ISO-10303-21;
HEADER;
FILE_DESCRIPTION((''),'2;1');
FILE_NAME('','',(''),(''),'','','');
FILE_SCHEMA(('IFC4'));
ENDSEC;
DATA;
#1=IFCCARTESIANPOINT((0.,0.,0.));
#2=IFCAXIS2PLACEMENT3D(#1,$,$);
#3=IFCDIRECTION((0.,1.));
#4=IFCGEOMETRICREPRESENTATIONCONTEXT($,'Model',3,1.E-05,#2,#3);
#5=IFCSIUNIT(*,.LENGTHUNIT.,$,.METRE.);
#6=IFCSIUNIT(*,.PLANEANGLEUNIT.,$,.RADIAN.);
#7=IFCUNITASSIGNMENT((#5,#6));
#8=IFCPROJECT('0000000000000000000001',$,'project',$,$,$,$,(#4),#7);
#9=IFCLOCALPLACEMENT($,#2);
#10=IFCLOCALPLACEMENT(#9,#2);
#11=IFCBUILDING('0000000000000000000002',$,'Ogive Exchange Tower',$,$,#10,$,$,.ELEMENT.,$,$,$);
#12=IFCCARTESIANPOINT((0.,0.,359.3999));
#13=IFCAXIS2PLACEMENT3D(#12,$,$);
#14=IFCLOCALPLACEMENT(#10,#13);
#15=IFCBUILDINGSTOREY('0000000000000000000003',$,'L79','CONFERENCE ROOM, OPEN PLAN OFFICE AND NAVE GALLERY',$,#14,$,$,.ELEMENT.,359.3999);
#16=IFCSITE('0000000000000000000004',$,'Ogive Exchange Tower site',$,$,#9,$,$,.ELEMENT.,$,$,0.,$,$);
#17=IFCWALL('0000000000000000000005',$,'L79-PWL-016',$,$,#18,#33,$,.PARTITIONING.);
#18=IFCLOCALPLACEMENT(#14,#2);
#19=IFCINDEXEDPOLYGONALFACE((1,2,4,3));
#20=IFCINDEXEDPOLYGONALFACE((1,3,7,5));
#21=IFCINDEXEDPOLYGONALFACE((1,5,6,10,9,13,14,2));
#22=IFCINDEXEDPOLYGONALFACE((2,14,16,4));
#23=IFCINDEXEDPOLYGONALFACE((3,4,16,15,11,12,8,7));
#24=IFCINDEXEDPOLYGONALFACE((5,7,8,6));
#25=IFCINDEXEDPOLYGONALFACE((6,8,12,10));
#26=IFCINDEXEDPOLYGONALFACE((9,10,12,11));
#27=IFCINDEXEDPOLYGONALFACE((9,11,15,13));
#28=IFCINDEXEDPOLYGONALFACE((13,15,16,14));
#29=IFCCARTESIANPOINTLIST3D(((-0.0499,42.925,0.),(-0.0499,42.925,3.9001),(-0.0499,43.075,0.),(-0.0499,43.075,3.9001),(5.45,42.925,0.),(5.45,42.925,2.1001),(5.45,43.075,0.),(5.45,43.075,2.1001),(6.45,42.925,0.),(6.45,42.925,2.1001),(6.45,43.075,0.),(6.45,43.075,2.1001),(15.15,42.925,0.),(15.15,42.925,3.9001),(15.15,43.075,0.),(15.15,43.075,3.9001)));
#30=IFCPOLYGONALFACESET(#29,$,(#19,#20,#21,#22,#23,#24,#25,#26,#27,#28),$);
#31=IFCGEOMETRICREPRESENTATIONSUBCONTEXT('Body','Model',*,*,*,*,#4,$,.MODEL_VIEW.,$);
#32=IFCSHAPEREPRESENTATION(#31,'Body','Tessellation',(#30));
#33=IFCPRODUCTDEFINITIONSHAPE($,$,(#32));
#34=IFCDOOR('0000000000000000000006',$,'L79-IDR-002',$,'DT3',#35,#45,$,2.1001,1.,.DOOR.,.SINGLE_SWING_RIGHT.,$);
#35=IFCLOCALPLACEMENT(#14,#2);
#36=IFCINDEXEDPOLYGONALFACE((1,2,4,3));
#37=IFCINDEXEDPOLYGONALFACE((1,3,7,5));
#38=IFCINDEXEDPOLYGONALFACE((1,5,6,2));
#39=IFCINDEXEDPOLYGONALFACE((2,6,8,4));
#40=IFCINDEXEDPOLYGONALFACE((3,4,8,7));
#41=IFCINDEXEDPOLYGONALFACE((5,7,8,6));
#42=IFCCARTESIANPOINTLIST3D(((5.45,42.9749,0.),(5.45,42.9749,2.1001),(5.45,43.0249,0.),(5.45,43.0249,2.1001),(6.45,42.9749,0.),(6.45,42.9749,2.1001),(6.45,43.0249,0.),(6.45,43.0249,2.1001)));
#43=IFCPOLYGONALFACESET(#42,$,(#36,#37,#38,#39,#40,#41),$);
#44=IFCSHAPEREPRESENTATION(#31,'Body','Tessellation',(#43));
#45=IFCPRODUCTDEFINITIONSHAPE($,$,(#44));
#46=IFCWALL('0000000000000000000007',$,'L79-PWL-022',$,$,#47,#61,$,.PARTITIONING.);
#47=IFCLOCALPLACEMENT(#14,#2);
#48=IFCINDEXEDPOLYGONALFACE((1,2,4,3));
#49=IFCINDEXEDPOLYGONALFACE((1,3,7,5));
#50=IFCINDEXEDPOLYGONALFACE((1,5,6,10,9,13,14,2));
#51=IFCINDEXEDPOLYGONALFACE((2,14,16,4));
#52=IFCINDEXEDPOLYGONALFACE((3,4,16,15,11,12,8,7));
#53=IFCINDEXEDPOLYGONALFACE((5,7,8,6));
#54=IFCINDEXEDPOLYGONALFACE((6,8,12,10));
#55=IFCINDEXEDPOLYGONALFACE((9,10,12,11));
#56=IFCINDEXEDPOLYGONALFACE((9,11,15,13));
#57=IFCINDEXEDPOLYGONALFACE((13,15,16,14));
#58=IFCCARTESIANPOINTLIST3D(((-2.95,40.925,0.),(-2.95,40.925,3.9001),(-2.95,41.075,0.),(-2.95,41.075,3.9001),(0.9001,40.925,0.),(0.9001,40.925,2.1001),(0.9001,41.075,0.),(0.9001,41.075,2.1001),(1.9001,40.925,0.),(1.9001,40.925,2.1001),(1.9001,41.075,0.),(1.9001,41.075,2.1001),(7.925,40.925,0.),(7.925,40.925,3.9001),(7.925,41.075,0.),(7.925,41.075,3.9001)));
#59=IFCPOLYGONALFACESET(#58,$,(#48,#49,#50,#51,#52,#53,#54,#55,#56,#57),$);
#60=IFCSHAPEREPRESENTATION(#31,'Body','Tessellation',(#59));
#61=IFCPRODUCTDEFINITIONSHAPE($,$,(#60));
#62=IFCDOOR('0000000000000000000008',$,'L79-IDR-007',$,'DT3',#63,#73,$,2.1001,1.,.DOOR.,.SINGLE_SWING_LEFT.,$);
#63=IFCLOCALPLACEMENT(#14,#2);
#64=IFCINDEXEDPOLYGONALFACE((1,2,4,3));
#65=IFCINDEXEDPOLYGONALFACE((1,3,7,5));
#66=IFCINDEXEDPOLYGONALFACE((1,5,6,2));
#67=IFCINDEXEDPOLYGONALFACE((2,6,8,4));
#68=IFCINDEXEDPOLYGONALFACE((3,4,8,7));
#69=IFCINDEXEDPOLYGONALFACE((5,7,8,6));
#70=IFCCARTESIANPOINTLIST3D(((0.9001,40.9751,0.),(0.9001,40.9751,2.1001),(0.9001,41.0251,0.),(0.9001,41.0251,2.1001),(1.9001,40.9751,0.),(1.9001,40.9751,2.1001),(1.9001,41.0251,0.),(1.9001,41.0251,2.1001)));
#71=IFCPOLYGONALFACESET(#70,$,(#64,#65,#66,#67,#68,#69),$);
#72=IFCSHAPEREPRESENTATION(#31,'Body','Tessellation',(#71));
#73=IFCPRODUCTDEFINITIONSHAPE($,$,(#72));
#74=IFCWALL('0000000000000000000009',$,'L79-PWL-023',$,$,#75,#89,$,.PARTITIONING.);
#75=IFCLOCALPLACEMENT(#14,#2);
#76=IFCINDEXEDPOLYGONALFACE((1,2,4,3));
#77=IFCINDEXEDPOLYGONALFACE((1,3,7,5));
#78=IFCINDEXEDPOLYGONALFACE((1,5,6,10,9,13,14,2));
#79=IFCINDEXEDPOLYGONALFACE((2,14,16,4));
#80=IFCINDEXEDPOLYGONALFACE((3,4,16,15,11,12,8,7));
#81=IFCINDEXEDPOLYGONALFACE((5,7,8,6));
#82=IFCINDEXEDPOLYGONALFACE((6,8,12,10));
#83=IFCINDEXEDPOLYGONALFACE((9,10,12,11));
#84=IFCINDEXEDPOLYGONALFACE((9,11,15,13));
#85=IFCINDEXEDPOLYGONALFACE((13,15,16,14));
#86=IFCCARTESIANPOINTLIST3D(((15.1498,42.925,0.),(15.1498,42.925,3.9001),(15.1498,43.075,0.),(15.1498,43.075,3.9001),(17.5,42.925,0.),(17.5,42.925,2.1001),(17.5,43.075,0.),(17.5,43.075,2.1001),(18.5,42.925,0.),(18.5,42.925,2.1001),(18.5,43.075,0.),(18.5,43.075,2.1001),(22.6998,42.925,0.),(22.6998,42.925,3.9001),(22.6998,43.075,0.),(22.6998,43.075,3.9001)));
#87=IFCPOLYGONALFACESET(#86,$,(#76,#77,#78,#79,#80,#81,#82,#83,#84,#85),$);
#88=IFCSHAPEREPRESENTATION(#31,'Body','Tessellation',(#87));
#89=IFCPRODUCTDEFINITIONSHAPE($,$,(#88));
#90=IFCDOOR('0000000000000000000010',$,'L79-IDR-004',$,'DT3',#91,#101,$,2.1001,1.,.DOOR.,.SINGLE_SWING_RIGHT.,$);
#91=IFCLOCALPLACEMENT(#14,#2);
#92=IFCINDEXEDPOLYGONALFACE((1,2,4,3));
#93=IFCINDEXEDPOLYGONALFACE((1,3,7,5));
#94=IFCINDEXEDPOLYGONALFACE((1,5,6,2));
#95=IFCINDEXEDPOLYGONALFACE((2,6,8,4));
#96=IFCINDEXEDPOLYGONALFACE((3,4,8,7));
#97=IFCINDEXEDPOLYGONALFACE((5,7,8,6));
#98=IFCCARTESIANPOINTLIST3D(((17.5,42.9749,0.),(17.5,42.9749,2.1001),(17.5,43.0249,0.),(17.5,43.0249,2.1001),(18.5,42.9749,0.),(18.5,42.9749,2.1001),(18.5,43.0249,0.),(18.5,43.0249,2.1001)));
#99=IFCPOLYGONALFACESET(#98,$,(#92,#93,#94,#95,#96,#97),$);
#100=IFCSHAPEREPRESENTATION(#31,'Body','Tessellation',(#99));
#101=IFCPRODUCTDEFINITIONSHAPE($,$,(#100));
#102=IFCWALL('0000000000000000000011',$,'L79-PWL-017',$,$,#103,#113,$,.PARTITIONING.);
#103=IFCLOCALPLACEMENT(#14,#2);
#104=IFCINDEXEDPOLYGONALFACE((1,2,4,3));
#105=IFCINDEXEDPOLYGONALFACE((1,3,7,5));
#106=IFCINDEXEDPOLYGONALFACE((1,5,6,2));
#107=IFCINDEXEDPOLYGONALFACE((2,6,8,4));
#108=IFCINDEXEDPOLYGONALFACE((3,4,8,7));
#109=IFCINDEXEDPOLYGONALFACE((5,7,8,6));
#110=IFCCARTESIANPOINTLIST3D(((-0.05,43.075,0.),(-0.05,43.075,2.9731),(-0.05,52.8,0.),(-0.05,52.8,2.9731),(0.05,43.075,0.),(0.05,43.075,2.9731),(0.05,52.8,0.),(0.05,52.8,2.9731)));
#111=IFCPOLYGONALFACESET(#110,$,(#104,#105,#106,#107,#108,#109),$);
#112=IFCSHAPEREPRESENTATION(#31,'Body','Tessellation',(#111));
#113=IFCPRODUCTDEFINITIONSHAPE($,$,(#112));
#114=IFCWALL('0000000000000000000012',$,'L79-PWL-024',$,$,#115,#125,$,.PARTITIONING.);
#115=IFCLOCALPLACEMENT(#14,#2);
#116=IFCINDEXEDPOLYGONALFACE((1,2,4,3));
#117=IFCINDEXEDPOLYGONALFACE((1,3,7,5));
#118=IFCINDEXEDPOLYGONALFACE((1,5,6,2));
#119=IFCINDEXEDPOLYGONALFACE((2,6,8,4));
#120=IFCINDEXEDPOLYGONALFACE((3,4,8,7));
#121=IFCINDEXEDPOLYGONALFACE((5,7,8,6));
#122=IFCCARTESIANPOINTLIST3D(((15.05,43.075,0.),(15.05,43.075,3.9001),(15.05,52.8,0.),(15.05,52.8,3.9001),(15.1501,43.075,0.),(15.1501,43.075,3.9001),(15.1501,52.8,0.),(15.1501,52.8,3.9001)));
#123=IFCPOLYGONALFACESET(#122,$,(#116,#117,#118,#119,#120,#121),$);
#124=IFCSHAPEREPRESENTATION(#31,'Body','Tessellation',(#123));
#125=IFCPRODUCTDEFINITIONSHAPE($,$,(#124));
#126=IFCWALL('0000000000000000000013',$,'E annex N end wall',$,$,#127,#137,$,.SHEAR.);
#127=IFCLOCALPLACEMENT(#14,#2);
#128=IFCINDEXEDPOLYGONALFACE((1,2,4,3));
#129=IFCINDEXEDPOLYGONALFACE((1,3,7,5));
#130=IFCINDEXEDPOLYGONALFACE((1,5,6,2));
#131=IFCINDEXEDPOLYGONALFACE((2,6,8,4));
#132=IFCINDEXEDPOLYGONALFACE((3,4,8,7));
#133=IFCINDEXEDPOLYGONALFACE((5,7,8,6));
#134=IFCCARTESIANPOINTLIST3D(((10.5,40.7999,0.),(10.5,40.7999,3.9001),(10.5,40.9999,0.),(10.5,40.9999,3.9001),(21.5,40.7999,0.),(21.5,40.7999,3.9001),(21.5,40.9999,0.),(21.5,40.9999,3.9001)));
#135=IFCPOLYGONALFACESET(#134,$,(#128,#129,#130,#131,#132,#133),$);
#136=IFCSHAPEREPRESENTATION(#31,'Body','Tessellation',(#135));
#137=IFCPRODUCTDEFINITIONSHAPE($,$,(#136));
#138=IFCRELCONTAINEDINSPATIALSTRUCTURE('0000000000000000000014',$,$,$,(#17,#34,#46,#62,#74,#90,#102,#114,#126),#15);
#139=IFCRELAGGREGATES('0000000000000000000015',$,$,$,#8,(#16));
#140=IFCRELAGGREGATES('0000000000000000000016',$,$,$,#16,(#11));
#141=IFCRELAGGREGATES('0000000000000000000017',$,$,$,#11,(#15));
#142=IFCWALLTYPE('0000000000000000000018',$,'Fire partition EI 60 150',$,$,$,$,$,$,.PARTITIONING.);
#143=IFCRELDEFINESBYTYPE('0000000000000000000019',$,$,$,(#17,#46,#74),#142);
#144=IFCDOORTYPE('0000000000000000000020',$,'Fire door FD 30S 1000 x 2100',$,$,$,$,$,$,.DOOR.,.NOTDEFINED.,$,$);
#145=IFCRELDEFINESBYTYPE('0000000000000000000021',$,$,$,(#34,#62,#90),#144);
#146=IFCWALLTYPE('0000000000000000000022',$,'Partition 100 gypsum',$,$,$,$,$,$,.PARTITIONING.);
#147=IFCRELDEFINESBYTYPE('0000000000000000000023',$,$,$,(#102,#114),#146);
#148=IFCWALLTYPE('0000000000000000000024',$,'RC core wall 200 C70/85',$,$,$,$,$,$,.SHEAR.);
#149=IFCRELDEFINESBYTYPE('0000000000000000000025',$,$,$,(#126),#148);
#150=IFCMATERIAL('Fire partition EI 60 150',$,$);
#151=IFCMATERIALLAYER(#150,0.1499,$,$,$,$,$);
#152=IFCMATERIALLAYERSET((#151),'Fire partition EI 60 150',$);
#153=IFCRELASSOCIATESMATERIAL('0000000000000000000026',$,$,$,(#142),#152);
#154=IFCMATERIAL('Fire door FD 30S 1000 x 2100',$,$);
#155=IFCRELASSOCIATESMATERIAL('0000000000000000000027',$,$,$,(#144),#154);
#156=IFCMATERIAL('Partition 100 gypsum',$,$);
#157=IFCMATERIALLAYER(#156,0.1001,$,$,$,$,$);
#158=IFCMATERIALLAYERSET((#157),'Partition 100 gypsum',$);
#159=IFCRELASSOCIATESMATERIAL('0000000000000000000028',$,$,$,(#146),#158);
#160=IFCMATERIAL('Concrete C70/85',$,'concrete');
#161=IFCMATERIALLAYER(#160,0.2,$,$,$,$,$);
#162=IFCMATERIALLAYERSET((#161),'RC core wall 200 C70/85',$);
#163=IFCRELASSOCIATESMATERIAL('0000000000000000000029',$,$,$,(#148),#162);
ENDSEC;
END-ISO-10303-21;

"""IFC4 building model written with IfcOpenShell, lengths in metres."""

from ifc_helpers import new_model, si_unit, direction, frame, frame_2d, origin, place, context, subcontext, project, spatial, rectangle, extrude, material, layer, layer_set, type_object, element, fill, save


model = new_model("IFC4")

# Units and contexts
model_context = context("Model", 3, precision=1e-05, world=origin(), true_north=direction((0.0, 1.0)))
body_context = subcontext(model_context, "Body", "Model", "MODEL_VIEW")
ifc_project = project(units=[si_unit("LENGTHUNIT", "METRE"), si_unit("PLANEANGLEUNIT", "RADIAN")], contexts=[model_context])

# Site, building, storey
site_placement = place(None, origin())
site = spatial("IfcSite", under=ifc_project, at=site_placement, Name="Ogive Exchange Tower site", CompositionType="ELEMENT", RefElevation=0.0)
building_placement = place(site_placement, origin())
building = spatial("IfcBuilding", under=site, at=building_placement, Name="Ogive Exchange Tower", CompositionType="ELEMENT")
storey_placement = place(building_placement, frame((0.0, 0.0, 359.3999)))
storey = spatial("IfcBuildingStorey", under=building, at=storey_placement, Name="L79", Description="CONFERENCE ROOM, OPEN PLAN OFFICE AND NAVE GALLERY", CompositionType="ELEMENT", Elevation=359.3999)

# Walls, openings, doors
ifc_material_1 = material(Name="Fire partition EI 60 150")
ifc_layer_1 = layer(ifc_material_1, 0.1499)
ifc_layer_set_1 = layer_set([ifc_layer_1], Name="Fire partition EI 60 150")
wall_type_1 = type_object("IfcWallType", Name="Fire partition EI 60 150", PredefinedType="PARTITIONING", material=ifc_layer_set_1)
wall_1_placement = place(storey_placement, frame((-0.05, 43.0, 0.0), z_axis=(0.0, 0.0, 1.0), x_axis=(1.0, 0.0, 0.0)))
wall_1 = element("IfcWall", 1, at=wall_1_placement, inside=storey, type_object=wall_type_1, Name="L79-PWL-016", PredefinedType="PARTITIONING", context=body_context, shape_type="SweptSolid", body=[
    extrude(rectangle(XDim=15.2, YDim=0.1499, at=frame_2d((7.6001, 0.0))), origin(), (0.0, 0.0, 1.0), 3.9001),
])
opening_1_placement = place(wall_1_placement, frame((5.5, 0.0, 0.0)))
opening_1 = element("IfcOpeningElement", 2, at=opening_1_placement, cuts=wall_1, PredefinedType="OPENING", context=body_context, shape_type="SweptSolid", body=[
    extrude(rectangle(XDim=1.0, YDim=2.1001, at=frame_2d((0.5, 1.05))), frame((0.0, 0.085, 0.0), z_axis=(0.0, -1.0, 0.0), x_axis=(1.0, 0.0, 0.0)), (0.0, 0.0, 1.0), 0.1699),
])
ifc_material_2 = material(Name="Fire door FD 30S 1000 x 2100")
door_type = type_object("IfcDoorType", Name="Fire door FD 30S 1000 x 2100", OperationType="NOTDEFINED", PredefinedType="DOOR", material=ifc_material_2)
door_1_placement = place(opening_1_placement, origin())
door_1 = element("IfcDoor", 3, at=door_1_placement, inside=storey, type_object=door_type, Name="L79-IDR-002", ObjectType="DT3", OperationType="SINGLE_SWING_RIGHT", OverallHeight=2.1001, OverallWidth=1.0, PredefinedType="DOOR", context=body_context, shape_type="SweptSolid", body=[
    extrude(rectangle(XDim=1.0, YDim=2.1001, at=frame_2d((0.5, 1.05))), frame((0.0, 0.0249, 0.0), z_axis=(0.0, -1.0, 0.0), x_axis=(1.0, 0.0, 0.0)), (0.0, 0.0, 1.0), 0.05),
])
fill(opening_1, door_1)
wall_2_placement = place(storey_placement, frame((7.925, 41.0, 0.0), z_axis=(0.0, 0.0, 1.0), x_axis=(-1.0, 0.0, 0.0)))
wall_2 = element("IfcWall", 4, at=wall_2_placement, inside=storey, type_object=wall_type_1, Name="L79-PWL-022", PredefinedType="PARTITIONING", context=body_context, shape_type="SweptSolid", body=[
    extrude(rectangle(XDim=10.875, YDim=0.1499, at=frame_2d((5.4375, 0.0))), origin(), (0.0, 0.0, 1.0), 3.9001),
])
opening_2_placement = place(wall_2_placement, frame((6.0249, 0.0, 0.0)))
opening_2 = element("IfcOpeningElement", 5, at=opening_2_placement, cuts=wall_2, PredefinedType="OPENING", context=body_context, shape_type="SweptSolid", body=[
    extrude(rectangle(XDim=1.0, YDim=2.1001, at=frame_2d((0.5, 1.05))), frame((0.0, 0.085, 0.0), z_axis=(0.0, -1.0, 0.0), x_axis=(1.0, 0.0, 0.0)), (0.0, 0.0, 1.0), 0.1699),
])
door_2_placement = place(opening_2_placement, origin())
door_2 = element("IfcDoor", 6, at=door_2_placement, inside=storey, type_object=door_type, Name="L79-IDR-007", ObjectType="DT3", OperationType="SINGLE_SWING_LEFT", OverallHeight=2.1001, OverallWidth=1.0, PredefinedType="DOOR", context=body_context, shape_type="SweptSolid", body=[
    extrude(rectangle(XDim=1.0, YDim=2.1001, at=frame_2d((0.5, 1.05))), frame((0.0, 0.0249, 0.0), z_axis=(0.0, -1.0, 0.0), x_axis=(1.0, 0.0, 0.0)), (0.0, 0.0, 1.0), 0.05),
])
fill(opening_2, door_2)
wall_3_placement = place(storey_placement, frame((15.1499, 43.0, 0.0), z_axis=(0.0, 0.0, 1.0), x_axis=(1.0, 0.0, 0.0)))
wall_3 = element("IfcWall", 7, at=wall_3_placement, inside=storey, type_object=wall_type_1, Name="L79-PWL-023", PredefinedType="PARTITIONING", context=body_context, shape_type="SweptSolid", body=[
    extrude(rectangle(XDim=7.55, YDim=0.1499, at=frame_2d((3.7749, 0.0))), origin(), (0.0, 0.0, 1.0), 3.9001),
])
opening_3_placement = place(wall_3_placement, frame((2.3501, 0.0, 0.0)))
opening_3 = element("IfcOpeningElement", 8, at=opening_3_placement, cuts=wall_3, PredefinedType="OPENING", context=body_context, shape_type="SweptSolid", body=[
    extrude(rectangle(XDim=1.0, YDim=2.1001, at=frame_2d((0.5, 1.05))), frame((0.0, 0.085, 0.0), z_axis=(0.0, -1.0, 0.0), x_axis=(1.0, 0.0, 0.0)), (0.0, 0.0, 1.0), 0.1699),
])
door_3_placement = place(opening_3_placement, origin())
door_3 = element("IfcDoor", 9, at=door_3_placement, inside=storey, type_object=door_type, Name="L79-IDR-004", ObjectType="DT3", OperationType="SINGLE_SWING_RIGHT", OverallHeight=2.1001, OverallWidth=1.0, PredefinedType="DOOR", context=body_context, shape_type="SweptSolid", body=[
    extrude(rectangle(XDim=1.0, YDim=2.1001, at=frame_2d((0.5, 1.05))), frame((0.0, 0.0249, 0.0), z_axis=(0.0, -1.0, 0.0), x_axis=(1.0, 0.0, 0.0)), (0.0, 0.0, 1.0), 0.05),
])
fill(opening_3, door_3)

# Walls
ifc_material_3 = material(Name="Partition 100 gypsum")
ifc_layer_2 = layer(ifc_material_3, 0.1001)
ifc_layer_set_2 = layer_set([ifc_layer_2], Name="Partition 100 gypsum")
wall_type_2 = type_object("IfcWallType", Name="Partition 100 gypsum", PredefinedType="PARTITIONING", material=ifc_layer_set_2)
wall_4_placement = place(storey_placement, frame((0.0, 52.8, 0.0), z_axis=(0.0, 0.0, 1.0), x_axis=(0.0, -1.0, 0.0)))
element("IfcWall", 10, at=wall_4_placement, inside=storey, type_object=wall_type_2, Name="L79-PWL-017", PredefinedType="PARTITIONING", context=body_context, shape_type="SweptSolid", body=[
    extrude(rectangle(XDim=9.7251, YDim=0.1001, at=frame_2d((4.8625, 0.0))), origin(), (0.0, 0.0, 1.0), 2.9731),
])
wall_5_placement = place(storey_placement, frame((15.1001, 52.8, 0.0), z_axis=(0.0, 0.0, 1.0), x_axis=(0.0, -1.0, 0.0)))
element("IfcWall", 11, at=wall_5_placement, inside=storey, type_object=wall_type_2, Name="L79-PWL-024", PredefinedType="PARTITIONING", context=body_context, shape_type="SweptSolid", body=[
    extrude(rectangle(XDim=9.7251, YDim=0.1001, at=frame_2d((4.8625, 0.0))), origin(), (0.0, 0.0, 1.0), 3.9001),
])
ifc_material_4 = material(Name="Concrete C70/85", Category="concrete")
ifc_layer_3 = layer(ifc_material_4, 0.2)
ifc_layer_set_3 = layer_set([ifc_layer_3], Name="RC core wall 200 C70/85")
wall_type_3 = type_object("IfcWallType", Name="RC core wall 200 C70/85", PredefinedType="SHEAR", material=ifc_layer_set_3)
wall_6_placement = place(storey_placement, frame((10.5, 40.8999, 0.0), z_axis=(0.0, 0.0, 1.0), x_axis=(1.0, 0.0, 0.0)))
element("IfcWall", 12, at=wall_6_placement, inside=storey, type_object=wall_type_3, Name="E annex N end wall", PredefinedType="SHEAR", context=body_context, shape_type="SweptSolid", body=[
    extrude(rectangle(XDim=11.0, YDim=0.2, at=frame_2d((5.5, 0.0))), origin(), (0.0, 0.0, 1.0), 3.9001),
])

save(model, "model.ifc")
